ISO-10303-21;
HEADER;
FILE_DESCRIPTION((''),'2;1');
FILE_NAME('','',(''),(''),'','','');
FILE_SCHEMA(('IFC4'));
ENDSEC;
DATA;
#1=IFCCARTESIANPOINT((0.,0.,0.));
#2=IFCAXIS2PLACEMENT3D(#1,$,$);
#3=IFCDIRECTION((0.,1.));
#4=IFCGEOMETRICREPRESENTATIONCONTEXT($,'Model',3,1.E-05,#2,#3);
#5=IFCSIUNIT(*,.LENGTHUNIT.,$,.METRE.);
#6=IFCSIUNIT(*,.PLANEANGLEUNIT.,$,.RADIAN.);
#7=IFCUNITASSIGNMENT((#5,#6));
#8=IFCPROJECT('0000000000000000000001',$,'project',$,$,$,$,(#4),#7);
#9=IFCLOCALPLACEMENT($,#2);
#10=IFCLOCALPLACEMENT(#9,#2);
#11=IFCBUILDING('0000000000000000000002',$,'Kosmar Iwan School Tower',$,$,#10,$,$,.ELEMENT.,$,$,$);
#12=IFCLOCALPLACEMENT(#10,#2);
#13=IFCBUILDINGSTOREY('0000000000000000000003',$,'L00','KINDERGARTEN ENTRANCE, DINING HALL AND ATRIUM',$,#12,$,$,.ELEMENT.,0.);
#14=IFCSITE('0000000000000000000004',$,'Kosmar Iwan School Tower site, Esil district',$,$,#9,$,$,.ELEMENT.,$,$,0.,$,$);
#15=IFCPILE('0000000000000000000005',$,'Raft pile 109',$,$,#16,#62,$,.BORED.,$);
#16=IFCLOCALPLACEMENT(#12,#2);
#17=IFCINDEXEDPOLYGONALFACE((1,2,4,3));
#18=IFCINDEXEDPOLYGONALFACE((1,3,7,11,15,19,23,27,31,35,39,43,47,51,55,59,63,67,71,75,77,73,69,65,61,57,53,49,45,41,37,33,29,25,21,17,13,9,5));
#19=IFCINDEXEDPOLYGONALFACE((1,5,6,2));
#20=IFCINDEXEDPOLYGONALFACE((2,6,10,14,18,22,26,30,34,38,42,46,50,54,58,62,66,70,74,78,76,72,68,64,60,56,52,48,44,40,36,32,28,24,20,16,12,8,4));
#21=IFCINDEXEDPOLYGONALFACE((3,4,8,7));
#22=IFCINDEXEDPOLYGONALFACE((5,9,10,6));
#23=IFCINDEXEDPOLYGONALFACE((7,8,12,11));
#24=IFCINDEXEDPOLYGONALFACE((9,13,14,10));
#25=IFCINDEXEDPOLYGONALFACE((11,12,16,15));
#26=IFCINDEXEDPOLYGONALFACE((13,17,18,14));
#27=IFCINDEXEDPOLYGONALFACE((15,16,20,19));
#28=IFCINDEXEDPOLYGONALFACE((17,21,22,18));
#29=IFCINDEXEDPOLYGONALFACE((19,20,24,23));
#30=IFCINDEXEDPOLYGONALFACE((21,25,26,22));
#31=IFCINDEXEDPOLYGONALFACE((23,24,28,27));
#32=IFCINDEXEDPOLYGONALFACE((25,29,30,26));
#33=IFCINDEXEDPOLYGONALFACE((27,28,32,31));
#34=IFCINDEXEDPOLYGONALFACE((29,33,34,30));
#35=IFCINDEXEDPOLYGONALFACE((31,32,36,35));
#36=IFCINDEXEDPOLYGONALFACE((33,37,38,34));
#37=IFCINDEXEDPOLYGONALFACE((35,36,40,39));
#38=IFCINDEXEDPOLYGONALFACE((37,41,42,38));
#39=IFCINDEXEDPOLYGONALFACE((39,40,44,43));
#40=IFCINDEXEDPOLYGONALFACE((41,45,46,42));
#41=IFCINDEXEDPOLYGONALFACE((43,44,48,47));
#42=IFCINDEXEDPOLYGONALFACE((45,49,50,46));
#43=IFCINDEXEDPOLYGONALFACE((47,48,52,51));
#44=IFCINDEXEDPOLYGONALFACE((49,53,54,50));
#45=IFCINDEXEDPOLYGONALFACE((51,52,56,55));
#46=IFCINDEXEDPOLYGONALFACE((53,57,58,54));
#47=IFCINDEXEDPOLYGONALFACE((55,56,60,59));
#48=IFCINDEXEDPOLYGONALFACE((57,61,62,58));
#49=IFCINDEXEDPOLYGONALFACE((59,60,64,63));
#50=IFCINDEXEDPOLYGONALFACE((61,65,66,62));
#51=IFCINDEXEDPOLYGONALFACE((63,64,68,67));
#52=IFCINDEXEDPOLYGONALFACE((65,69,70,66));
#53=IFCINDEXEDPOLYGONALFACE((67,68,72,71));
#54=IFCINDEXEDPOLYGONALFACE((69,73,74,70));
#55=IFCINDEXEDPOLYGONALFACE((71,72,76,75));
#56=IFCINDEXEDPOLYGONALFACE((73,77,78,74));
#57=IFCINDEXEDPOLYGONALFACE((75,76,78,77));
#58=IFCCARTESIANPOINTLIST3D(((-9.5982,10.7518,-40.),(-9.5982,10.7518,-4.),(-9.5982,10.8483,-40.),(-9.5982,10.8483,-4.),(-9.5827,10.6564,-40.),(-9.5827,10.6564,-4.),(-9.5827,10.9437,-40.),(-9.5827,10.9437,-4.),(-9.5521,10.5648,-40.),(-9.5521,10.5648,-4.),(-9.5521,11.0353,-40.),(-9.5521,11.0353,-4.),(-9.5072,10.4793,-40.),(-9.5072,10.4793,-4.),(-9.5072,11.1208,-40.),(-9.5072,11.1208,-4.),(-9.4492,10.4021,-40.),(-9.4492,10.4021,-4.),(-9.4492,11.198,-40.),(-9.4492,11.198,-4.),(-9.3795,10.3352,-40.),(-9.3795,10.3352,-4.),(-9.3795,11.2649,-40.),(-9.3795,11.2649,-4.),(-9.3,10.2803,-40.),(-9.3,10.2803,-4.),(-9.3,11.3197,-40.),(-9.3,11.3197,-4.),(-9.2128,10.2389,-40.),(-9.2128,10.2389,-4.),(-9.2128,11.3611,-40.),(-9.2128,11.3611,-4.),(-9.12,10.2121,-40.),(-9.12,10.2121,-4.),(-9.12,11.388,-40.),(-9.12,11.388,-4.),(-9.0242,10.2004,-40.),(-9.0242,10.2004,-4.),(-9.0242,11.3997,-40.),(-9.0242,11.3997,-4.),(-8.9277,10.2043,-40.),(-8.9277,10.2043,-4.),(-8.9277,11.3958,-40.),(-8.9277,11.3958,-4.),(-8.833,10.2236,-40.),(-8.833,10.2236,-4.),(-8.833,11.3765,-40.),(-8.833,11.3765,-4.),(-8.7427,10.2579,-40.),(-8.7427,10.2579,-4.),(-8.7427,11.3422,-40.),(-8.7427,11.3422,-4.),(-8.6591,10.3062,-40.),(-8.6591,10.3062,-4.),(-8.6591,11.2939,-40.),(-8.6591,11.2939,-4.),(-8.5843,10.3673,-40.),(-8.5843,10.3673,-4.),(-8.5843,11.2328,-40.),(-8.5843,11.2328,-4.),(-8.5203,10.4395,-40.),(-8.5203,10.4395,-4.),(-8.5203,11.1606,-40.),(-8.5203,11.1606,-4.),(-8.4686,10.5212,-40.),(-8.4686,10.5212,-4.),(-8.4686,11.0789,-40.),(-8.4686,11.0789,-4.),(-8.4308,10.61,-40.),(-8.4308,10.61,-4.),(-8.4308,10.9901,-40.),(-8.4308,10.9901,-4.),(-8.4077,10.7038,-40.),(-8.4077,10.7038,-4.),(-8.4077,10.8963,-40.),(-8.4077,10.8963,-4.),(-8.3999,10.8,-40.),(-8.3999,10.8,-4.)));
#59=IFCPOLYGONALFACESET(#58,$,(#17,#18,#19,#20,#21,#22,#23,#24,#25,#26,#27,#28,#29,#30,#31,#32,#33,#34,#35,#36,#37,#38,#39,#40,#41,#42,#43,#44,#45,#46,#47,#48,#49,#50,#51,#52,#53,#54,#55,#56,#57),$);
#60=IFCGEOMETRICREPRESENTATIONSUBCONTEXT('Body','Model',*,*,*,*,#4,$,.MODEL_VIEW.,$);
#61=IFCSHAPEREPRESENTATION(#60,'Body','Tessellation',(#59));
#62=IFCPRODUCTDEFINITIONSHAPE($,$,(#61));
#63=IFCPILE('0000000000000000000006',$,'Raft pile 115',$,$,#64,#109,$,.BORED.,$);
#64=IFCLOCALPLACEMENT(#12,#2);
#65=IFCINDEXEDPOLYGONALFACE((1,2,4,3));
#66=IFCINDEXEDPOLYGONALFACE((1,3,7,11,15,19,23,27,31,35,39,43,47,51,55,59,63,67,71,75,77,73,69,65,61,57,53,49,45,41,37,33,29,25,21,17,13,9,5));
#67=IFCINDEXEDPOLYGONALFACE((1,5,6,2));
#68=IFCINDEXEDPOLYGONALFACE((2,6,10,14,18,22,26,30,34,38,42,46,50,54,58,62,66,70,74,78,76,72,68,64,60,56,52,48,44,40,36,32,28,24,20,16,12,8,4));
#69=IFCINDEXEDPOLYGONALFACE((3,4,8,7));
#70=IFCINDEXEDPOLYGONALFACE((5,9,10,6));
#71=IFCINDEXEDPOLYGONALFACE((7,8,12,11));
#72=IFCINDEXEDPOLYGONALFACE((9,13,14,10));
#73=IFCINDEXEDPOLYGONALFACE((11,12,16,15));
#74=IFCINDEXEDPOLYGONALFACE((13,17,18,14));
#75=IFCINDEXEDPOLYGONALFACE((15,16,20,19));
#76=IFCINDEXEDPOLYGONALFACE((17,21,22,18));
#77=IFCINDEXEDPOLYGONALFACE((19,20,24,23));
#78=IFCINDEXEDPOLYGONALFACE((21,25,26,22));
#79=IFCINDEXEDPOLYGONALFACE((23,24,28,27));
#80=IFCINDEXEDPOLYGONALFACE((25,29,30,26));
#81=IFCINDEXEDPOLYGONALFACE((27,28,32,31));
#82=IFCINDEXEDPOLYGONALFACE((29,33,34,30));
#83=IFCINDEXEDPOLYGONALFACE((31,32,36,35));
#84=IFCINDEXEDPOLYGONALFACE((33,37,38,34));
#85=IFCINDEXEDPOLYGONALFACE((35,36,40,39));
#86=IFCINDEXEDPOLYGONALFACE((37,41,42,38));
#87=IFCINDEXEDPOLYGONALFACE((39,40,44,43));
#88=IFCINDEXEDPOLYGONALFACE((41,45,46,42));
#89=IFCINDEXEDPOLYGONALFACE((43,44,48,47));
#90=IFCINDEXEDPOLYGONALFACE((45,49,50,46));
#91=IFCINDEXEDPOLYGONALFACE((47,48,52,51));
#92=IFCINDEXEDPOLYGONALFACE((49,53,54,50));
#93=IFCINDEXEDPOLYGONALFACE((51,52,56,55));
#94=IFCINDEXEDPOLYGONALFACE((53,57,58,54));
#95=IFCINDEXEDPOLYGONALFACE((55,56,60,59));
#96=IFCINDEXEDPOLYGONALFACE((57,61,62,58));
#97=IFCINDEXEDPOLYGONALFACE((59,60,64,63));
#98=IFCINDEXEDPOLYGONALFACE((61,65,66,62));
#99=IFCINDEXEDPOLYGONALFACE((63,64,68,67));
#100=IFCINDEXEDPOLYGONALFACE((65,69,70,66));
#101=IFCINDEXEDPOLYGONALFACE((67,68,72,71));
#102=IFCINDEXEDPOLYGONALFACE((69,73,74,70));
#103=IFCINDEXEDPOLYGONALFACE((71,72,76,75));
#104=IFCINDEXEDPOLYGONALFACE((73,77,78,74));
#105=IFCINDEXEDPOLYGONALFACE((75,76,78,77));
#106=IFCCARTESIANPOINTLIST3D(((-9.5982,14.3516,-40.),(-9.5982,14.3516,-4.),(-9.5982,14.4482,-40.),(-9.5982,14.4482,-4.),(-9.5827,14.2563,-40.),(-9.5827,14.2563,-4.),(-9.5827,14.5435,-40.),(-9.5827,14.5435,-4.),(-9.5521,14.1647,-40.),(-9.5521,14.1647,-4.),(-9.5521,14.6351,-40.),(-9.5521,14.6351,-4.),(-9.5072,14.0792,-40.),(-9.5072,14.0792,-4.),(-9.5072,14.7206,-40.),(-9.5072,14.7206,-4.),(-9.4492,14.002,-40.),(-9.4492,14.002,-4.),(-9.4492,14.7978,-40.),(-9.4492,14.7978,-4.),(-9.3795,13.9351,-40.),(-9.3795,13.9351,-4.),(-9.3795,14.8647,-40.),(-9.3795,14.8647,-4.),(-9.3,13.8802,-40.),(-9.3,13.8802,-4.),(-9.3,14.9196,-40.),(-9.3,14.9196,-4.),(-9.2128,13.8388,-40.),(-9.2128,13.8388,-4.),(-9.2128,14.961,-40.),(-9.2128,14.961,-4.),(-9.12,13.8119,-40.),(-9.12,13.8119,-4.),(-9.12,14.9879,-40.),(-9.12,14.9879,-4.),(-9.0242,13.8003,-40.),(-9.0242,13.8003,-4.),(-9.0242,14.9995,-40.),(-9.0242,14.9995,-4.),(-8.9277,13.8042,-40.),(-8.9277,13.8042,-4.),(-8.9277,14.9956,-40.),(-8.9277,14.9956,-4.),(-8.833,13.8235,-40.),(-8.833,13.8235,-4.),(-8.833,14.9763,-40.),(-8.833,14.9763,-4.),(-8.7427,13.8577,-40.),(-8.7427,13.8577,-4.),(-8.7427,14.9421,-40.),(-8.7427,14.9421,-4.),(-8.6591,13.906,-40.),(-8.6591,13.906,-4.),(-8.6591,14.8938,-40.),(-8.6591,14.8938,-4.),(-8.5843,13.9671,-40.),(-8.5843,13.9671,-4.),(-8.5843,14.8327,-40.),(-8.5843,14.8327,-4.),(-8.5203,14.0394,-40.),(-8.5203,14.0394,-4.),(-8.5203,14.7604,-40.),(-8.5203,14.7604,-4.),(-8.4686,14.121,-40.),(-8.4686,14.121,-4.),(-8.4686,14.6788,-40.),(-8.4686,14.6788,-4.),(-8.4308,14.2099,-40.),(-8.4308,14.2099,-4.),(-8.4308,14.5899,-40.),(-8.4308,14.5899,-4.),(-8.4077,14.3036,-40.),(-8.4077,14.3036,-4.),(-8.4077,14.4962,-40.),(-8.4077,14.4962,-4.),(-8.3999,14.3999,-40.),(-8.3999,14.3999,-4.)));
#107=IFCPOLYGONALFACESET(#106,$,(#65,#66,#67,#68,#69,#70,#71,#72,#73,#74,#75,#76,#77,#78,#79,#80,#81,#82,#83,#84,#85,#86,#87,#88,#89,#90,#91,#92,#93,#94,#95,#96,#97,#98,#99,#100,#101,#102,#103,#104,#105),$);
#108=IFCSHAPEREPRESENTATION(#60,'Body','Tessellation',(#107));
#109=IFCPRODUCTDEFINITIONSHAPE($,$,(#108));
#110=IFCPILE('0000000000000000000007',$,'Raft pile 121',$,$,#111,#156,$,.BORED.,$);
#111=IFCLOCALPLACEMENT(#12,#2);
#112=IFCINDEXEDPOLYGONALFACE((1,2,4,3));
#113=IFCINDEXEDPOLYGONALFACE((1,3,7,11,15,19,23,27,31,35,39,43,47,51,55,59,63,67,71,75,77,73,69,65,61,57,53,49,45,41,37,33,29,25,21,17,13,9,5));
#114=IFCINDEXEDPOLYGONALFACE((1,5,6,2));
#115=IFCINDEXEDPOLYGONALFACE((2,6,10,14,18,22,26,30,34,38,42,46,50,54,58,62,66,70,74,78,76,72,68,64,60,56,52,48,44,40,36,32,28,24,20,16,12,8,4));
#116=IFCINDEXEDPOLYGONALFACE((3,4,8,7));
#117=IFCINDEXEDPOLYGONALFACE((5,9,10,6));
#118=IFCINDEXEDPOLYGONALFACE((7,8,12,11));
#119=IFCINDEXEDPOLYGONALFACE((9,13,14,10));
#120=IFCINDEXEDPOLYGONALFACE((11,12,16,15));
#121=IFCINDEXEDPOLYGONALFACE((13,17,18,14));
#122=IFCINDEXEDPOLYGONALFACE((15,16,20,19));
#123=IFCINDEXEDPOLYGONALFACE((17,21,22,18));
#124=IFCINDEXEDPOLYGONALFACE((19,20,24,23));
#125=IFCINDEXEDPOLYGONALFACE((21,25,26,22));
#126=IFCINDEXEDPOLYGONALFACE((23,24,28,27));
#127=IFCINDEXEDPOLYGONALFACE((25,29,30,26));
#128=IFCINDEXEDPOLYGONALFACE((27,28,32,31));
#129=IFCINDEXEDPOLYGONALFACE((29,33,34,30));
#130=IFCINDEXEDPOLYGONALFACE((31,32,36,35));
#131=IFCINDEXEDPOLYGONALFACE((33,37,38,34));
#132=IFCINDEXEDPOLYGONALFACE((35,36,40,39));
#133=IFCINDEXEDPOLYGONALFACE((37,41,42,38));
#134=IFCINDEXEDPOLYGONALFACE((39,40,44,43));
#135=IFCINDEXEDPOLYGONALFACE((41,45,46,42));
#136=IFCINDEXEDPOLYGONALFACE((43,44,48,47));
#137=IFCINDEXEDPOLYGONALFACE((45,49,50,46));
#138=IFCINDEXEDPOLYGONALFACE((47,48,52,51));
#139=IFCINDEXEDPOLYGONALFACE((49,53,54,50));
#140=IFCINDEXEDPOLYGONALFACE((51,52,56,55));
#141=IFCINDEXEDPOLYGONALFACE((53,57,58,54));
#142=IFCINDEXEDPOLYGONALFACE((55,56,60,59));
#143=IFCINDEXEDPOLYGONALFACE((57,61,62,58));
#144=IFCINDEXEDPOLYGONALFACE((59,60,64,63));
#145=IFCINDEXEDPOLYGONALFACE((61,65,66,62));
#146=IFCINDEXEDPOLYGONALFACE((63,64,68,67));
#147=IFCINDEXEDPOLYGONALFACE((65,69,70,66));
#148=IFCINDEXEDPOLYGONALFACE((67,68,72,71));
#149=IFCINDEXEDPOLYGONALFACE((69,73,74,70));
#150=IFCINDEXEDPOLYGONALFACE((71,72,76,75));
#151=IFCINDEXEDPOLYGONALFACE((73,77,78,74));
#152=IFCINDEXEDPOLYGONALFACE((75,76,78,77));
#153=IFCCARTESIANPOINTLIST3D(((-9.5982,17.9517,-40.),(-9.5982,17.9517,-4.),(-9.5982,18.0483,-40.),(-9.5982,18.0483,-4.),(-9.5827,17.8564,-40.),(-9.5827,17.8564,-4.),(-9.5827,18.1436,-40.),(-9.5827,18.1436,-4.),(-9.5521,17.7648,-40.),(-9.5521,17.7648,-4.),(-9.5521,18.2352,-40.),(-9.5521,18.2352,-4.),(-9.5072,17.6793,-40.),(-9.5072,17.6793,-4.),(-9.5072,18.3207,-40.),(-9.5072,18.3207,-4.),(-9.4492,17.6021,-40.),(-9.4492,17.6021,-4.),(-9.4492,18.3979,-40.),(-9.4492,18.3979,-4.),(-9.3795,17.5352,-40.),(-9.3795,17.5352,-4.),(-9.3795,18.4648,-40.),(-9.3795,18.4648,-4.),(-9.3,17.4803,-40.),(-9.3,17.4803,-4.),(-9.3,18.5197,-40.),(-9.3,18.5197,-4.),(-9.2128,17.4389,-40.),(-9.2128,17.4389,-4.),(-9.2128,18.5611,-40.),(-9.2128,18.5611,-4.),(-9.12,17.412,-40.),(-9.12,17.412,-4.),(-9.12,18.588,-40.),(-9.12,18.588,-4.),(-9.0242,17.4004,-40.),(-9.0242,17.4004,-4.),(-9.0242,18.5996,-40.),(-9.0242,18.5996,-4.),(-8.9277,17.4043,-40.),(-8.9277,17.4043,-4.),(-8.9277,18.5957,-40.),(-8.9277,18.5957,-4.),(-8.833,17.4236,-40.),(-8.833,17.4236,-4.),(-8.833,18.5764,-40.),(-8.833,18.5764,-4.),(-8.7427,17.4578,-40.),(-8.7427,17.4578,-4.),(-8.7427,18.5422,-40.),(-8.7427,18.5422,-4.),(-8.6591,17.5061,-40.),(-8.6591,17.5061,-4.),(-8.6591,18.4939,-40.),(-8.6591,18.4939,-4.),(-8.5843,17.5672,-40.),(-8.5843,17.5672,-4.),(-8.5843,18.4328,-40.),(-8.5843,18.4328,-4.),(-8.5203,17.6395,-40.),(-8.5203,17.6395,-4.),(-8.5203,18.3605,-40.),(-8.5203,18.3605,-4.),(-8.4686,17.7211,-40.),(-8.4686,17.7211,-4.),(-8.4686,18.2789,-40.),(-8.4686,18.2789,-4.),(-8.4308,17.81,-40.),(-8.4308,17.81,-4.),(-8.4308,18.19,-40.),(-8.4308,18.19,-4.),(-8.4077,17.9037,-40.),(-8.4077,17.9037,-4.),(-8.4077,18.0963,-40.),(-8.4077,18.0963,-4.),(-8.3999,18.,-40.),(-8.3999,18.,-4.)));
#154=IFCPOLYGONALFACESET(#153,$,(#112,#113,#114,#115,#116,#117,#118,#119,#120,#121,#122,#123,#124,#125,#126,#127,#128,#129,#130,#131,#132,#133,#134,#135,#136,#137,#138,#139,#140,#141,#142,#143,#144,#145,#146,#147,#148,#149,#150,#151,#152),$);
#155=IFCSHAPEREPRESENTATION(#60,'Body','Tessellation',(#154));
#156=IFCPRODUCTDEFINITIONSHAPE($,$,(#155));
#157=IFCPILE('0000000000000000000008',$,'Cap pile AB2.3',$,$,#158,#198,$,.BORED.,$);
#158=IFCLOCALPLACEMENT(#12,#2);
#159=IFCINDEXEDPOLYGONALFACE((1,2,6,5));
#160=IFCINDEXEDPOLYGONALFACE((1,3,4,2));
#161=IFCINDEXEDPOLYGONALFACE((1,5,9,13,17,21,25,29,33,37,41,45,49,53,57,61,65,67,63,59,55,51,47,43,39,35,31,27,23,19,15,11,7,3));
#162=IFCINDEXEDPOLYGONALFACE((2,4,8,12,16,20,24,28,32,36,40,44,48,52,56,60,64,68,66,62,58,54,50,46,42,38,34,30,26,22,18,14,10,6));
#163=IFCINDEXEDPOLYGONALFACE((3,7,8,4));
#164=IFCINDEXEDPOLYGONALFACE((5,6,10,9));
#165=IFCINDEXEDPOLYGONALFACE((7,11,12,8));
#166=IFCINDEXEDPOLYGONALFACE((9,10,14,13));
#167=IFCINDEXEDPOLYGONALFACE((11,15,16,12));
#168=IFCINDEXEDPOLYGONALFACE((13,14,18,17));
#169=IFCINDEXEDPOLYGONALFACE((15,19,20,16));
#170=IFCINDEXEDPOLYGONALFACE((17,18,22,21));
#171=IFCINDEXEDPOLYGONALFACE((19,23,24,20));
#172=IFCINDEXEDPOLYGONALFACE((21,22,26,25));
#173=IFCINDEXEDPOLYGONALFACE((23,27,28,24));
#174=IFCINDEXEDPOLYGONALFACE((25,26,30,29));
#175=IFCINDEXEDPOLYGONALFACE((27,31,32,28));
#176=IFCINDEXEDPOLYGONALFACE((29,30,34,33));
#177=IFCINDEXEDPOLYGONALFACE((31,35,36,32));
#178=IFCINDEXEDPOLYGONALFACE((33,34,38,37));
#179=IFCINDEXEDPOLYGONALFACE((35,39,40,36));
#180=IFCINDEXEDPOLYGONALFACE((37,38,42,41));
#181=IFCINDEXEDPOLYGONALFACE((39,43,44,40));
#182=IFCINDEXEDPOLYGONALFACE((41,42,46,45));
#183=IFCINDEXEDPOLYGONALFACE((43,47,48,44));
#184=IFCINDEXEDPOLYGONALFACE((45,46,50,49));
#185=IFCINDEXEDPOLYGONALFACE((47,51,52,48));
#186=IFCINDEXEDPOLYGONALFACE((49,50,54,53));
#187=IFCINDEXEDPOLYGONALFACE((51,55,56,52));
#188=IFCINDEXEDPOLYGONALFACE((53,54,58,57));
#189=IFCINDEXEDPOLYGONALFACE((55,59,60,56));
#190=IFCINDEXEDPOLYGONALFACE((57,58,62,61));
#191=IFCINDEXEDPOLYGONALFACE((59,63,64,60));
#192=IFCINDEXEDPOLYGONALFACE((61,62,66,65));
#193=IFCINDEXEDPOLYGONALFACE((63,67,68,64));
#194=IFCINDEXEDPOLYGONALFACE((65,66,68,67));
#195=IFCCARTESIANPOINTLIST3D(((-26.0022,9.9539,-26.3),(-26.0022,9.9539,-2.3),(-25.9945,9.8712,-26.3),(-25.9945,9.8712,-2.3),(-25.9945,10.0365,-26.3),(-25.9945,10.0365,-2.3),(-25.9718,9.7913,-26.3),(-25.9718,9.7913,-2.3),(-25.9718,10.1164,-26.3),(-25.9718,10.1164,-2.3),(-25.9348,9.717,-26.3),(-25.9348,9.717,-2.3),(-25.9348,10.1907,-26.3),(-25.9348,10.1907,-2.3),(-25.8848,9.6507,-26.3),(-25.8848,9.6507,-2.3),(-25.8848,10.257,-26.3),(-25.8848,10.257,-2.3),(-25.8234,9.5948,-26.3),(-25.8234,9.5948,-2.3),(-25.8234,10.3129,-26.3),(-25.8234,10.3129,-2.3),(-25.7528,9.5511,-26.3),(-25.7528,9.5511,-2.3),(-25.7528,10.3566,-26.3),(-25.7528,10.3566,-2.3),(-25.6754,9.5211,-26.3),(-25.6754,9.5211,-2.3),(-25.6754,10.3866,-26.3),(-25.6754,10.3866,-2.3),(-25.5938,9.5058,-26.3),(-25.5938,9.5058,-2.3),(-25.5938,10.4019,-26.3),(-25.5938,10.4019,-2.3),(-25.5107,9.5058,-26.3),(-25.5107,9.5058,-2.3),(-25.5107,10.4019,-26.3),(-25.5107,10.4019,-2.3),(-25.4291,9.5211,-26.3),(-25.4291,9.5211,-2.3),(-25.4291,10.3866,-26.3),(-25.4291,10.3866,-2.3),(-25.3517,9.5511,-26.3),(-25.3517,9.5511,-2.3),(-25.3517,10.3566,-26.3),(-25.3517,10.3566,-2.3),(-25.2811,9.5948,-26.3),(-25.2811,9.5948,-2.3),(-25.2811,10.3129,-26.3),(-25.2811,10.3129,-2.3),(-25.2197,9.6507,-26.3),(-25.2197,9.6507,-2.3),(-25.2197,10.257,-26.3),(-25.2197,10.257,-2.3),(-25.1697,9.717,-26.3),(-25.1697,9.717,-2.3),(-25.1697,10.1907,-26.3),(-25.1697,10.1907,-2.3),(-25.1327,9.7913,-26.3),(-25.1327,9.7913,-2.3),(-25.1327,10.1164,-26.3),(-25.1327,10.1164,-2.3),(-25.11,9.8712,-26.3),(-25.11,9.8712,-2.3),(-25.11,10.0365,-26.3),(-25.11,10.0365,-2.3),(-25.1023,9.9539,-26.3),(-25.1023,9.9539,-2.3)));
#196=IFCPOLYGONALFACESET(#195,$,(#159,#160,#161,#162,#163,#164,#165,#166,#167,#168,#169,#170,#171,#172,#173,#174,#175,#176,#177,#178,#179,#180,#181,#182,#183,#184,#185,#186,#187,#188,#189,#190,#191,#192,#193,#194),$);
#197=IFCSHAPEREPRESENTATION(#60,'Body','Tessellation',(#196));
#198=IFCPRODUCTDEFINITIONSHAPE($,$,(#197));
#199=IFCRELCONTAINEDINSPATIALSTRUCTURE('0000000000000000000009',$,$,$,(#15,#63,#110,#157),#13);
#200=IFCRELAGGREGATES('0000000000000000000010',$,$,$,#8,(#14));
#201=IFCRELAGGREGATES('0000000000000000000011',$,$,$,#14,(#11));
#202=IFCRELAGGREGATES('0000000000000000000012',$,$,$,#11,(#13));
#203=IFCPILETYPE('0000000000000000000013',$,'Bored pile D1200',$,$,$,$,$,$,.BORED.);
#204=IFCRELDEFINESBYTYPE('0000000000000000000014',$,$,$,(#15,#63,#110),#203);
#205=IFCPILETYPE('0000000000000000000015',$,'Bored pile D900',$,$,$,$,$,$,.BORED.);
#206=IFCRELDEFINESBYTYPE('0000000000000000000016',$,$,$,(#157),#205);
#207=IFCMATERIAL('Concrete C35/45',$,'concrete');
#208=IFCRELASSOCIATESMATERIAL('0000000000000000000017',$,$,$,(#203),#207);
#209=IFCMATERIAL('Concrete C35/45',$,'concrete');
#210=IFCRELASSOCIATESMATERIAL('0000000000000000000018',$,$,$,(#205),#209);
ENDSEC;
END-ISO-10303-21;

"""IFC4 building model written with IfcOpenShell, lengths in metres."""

from ifc_helpers import new_model, si_unit, direction, frame, origin, origin_2d, place, context, subcontext, project, spatial, circle, extrude, material, material_profile, profile_set, type_object, element, save


model = new_model("IFC4")

# Units and contexts
model_context = context("Model", 3, precision=1e-05, world=origin(), true_north=direction((0.0, 1.0)))
body_context = subcontext(model_context, "Body", "Model", "MODEL_VIEW")
ifc_project = project(units=[si_unit("LENGTHUNIT", "METRE"), si_unit("PLANEANGLEUNIT", "RADIAN")], contexts=[model_context])

# Site, building, storey
site_placement = place(None, origin())
site = spatial("IfcSite", under=ifc_project, at=site_placement, Name="Kosmar Iwan School Tower site, Esil district", CompositionType="ELEMENT", RefElevation=0.0)
building_placement = place(site_placement, origin())
building = spatial("IfcBuilding", under=site, at=building_placement, Name="Kosmar Iwan School Tower", CompositionType="ELEMENT")
storey_placement = place(building_placement, origin())
storey = spatial("IfcBuildingStorey", under=building, at=storey_placement, Name="L00", Description="KINDERGARTEN ENTRANCE, DINING HALL AND ATRIUM", CompositionType="ELEMENT", Elevation=0.0)

# Piles
ifc_material_1 = material(Name="Concrete C35/45", Category="concrete")
ifc_material_profile_1 = material_profile(ifc_material_1, circle(Radius=0.6001, at=origin_2d()), Name="D1200")
ifc_profile_set_1 = profile_set([ifc_material_profile_1], Name="Concrete C35/45")
pile_type_1 = type_object("IfcPileType", Name="Bored pile D1200", PredefinedType="BORED", material=ifc_profile_set_1)
for number, where, z_axis, x_axis, name in (
    (1, (-9.0, 10.8, -4.0), (0.0, 0.0, -1.0), (1.0, 0.0, 0.0), "Raft pile 109"),
    (2, (-9.0, 14.3999, -4.0), (0.0, 0.0, -1.0), (1.0, 0.0, 0.0), "Raft pile 115"),
    (3, (-9.0, 18.0, -4.0), (0.0, 0.0, -1.0), (1.0, 0.0, 0.0), "Raft pile 121"),
):
    element("IfcPile", number, at=place(storey_placement, frame(where, z_axis=z_axis, x_axis=x_axis)), inside=storey, type_object=pile_type_1, Name=name, PredefinedType="BORED", context=body_context, shape_type="SweptSolid", body=[
        extrude(circle(Radius=0.6001, at=origin_2d()), origin(), (0.0, 0.0, 1.0), 36.0),
    ])
ifc_material_2 = material(Name="Concrete C35/45", Category="concrete")
ifc_material_profile_2 = material_profile(ifc_material_2, circle(Radius=0.45, at=origin_2d()), Name="D900")
ifc_profile_set_2 = profile_set([ifc_material_profile_2], Name="Concrete C35/45")
pile_type_2 = type_object("IfcPileType", Name="Bored pile D900", PredefinedType="BORED", material=ifc_profile_set_2)
for number, where, z_axis, x_axis, name in (
    (4, (-25.5522, 9.9539, -2.3), (0.0, 0.0, -1.0), (1.0, 0.0, 0.0), "Cap pile AB2.3"),
):
    element("IfcPile", number, at=place(storey_placement, frame(where, z_axis=z_axis, x_axis=x_axis)), inside=storey, type_object=pile_type_2, Name=name, PredefinedType="BORED", context=body_context, shape_type="SweptSolid", body=[
        extrude(circle(Radius=0.45, at=origin_2d()), origin(), (0.0, 0.0, 1.0), 24.0),
    ])

save(model, "model.ifc")
